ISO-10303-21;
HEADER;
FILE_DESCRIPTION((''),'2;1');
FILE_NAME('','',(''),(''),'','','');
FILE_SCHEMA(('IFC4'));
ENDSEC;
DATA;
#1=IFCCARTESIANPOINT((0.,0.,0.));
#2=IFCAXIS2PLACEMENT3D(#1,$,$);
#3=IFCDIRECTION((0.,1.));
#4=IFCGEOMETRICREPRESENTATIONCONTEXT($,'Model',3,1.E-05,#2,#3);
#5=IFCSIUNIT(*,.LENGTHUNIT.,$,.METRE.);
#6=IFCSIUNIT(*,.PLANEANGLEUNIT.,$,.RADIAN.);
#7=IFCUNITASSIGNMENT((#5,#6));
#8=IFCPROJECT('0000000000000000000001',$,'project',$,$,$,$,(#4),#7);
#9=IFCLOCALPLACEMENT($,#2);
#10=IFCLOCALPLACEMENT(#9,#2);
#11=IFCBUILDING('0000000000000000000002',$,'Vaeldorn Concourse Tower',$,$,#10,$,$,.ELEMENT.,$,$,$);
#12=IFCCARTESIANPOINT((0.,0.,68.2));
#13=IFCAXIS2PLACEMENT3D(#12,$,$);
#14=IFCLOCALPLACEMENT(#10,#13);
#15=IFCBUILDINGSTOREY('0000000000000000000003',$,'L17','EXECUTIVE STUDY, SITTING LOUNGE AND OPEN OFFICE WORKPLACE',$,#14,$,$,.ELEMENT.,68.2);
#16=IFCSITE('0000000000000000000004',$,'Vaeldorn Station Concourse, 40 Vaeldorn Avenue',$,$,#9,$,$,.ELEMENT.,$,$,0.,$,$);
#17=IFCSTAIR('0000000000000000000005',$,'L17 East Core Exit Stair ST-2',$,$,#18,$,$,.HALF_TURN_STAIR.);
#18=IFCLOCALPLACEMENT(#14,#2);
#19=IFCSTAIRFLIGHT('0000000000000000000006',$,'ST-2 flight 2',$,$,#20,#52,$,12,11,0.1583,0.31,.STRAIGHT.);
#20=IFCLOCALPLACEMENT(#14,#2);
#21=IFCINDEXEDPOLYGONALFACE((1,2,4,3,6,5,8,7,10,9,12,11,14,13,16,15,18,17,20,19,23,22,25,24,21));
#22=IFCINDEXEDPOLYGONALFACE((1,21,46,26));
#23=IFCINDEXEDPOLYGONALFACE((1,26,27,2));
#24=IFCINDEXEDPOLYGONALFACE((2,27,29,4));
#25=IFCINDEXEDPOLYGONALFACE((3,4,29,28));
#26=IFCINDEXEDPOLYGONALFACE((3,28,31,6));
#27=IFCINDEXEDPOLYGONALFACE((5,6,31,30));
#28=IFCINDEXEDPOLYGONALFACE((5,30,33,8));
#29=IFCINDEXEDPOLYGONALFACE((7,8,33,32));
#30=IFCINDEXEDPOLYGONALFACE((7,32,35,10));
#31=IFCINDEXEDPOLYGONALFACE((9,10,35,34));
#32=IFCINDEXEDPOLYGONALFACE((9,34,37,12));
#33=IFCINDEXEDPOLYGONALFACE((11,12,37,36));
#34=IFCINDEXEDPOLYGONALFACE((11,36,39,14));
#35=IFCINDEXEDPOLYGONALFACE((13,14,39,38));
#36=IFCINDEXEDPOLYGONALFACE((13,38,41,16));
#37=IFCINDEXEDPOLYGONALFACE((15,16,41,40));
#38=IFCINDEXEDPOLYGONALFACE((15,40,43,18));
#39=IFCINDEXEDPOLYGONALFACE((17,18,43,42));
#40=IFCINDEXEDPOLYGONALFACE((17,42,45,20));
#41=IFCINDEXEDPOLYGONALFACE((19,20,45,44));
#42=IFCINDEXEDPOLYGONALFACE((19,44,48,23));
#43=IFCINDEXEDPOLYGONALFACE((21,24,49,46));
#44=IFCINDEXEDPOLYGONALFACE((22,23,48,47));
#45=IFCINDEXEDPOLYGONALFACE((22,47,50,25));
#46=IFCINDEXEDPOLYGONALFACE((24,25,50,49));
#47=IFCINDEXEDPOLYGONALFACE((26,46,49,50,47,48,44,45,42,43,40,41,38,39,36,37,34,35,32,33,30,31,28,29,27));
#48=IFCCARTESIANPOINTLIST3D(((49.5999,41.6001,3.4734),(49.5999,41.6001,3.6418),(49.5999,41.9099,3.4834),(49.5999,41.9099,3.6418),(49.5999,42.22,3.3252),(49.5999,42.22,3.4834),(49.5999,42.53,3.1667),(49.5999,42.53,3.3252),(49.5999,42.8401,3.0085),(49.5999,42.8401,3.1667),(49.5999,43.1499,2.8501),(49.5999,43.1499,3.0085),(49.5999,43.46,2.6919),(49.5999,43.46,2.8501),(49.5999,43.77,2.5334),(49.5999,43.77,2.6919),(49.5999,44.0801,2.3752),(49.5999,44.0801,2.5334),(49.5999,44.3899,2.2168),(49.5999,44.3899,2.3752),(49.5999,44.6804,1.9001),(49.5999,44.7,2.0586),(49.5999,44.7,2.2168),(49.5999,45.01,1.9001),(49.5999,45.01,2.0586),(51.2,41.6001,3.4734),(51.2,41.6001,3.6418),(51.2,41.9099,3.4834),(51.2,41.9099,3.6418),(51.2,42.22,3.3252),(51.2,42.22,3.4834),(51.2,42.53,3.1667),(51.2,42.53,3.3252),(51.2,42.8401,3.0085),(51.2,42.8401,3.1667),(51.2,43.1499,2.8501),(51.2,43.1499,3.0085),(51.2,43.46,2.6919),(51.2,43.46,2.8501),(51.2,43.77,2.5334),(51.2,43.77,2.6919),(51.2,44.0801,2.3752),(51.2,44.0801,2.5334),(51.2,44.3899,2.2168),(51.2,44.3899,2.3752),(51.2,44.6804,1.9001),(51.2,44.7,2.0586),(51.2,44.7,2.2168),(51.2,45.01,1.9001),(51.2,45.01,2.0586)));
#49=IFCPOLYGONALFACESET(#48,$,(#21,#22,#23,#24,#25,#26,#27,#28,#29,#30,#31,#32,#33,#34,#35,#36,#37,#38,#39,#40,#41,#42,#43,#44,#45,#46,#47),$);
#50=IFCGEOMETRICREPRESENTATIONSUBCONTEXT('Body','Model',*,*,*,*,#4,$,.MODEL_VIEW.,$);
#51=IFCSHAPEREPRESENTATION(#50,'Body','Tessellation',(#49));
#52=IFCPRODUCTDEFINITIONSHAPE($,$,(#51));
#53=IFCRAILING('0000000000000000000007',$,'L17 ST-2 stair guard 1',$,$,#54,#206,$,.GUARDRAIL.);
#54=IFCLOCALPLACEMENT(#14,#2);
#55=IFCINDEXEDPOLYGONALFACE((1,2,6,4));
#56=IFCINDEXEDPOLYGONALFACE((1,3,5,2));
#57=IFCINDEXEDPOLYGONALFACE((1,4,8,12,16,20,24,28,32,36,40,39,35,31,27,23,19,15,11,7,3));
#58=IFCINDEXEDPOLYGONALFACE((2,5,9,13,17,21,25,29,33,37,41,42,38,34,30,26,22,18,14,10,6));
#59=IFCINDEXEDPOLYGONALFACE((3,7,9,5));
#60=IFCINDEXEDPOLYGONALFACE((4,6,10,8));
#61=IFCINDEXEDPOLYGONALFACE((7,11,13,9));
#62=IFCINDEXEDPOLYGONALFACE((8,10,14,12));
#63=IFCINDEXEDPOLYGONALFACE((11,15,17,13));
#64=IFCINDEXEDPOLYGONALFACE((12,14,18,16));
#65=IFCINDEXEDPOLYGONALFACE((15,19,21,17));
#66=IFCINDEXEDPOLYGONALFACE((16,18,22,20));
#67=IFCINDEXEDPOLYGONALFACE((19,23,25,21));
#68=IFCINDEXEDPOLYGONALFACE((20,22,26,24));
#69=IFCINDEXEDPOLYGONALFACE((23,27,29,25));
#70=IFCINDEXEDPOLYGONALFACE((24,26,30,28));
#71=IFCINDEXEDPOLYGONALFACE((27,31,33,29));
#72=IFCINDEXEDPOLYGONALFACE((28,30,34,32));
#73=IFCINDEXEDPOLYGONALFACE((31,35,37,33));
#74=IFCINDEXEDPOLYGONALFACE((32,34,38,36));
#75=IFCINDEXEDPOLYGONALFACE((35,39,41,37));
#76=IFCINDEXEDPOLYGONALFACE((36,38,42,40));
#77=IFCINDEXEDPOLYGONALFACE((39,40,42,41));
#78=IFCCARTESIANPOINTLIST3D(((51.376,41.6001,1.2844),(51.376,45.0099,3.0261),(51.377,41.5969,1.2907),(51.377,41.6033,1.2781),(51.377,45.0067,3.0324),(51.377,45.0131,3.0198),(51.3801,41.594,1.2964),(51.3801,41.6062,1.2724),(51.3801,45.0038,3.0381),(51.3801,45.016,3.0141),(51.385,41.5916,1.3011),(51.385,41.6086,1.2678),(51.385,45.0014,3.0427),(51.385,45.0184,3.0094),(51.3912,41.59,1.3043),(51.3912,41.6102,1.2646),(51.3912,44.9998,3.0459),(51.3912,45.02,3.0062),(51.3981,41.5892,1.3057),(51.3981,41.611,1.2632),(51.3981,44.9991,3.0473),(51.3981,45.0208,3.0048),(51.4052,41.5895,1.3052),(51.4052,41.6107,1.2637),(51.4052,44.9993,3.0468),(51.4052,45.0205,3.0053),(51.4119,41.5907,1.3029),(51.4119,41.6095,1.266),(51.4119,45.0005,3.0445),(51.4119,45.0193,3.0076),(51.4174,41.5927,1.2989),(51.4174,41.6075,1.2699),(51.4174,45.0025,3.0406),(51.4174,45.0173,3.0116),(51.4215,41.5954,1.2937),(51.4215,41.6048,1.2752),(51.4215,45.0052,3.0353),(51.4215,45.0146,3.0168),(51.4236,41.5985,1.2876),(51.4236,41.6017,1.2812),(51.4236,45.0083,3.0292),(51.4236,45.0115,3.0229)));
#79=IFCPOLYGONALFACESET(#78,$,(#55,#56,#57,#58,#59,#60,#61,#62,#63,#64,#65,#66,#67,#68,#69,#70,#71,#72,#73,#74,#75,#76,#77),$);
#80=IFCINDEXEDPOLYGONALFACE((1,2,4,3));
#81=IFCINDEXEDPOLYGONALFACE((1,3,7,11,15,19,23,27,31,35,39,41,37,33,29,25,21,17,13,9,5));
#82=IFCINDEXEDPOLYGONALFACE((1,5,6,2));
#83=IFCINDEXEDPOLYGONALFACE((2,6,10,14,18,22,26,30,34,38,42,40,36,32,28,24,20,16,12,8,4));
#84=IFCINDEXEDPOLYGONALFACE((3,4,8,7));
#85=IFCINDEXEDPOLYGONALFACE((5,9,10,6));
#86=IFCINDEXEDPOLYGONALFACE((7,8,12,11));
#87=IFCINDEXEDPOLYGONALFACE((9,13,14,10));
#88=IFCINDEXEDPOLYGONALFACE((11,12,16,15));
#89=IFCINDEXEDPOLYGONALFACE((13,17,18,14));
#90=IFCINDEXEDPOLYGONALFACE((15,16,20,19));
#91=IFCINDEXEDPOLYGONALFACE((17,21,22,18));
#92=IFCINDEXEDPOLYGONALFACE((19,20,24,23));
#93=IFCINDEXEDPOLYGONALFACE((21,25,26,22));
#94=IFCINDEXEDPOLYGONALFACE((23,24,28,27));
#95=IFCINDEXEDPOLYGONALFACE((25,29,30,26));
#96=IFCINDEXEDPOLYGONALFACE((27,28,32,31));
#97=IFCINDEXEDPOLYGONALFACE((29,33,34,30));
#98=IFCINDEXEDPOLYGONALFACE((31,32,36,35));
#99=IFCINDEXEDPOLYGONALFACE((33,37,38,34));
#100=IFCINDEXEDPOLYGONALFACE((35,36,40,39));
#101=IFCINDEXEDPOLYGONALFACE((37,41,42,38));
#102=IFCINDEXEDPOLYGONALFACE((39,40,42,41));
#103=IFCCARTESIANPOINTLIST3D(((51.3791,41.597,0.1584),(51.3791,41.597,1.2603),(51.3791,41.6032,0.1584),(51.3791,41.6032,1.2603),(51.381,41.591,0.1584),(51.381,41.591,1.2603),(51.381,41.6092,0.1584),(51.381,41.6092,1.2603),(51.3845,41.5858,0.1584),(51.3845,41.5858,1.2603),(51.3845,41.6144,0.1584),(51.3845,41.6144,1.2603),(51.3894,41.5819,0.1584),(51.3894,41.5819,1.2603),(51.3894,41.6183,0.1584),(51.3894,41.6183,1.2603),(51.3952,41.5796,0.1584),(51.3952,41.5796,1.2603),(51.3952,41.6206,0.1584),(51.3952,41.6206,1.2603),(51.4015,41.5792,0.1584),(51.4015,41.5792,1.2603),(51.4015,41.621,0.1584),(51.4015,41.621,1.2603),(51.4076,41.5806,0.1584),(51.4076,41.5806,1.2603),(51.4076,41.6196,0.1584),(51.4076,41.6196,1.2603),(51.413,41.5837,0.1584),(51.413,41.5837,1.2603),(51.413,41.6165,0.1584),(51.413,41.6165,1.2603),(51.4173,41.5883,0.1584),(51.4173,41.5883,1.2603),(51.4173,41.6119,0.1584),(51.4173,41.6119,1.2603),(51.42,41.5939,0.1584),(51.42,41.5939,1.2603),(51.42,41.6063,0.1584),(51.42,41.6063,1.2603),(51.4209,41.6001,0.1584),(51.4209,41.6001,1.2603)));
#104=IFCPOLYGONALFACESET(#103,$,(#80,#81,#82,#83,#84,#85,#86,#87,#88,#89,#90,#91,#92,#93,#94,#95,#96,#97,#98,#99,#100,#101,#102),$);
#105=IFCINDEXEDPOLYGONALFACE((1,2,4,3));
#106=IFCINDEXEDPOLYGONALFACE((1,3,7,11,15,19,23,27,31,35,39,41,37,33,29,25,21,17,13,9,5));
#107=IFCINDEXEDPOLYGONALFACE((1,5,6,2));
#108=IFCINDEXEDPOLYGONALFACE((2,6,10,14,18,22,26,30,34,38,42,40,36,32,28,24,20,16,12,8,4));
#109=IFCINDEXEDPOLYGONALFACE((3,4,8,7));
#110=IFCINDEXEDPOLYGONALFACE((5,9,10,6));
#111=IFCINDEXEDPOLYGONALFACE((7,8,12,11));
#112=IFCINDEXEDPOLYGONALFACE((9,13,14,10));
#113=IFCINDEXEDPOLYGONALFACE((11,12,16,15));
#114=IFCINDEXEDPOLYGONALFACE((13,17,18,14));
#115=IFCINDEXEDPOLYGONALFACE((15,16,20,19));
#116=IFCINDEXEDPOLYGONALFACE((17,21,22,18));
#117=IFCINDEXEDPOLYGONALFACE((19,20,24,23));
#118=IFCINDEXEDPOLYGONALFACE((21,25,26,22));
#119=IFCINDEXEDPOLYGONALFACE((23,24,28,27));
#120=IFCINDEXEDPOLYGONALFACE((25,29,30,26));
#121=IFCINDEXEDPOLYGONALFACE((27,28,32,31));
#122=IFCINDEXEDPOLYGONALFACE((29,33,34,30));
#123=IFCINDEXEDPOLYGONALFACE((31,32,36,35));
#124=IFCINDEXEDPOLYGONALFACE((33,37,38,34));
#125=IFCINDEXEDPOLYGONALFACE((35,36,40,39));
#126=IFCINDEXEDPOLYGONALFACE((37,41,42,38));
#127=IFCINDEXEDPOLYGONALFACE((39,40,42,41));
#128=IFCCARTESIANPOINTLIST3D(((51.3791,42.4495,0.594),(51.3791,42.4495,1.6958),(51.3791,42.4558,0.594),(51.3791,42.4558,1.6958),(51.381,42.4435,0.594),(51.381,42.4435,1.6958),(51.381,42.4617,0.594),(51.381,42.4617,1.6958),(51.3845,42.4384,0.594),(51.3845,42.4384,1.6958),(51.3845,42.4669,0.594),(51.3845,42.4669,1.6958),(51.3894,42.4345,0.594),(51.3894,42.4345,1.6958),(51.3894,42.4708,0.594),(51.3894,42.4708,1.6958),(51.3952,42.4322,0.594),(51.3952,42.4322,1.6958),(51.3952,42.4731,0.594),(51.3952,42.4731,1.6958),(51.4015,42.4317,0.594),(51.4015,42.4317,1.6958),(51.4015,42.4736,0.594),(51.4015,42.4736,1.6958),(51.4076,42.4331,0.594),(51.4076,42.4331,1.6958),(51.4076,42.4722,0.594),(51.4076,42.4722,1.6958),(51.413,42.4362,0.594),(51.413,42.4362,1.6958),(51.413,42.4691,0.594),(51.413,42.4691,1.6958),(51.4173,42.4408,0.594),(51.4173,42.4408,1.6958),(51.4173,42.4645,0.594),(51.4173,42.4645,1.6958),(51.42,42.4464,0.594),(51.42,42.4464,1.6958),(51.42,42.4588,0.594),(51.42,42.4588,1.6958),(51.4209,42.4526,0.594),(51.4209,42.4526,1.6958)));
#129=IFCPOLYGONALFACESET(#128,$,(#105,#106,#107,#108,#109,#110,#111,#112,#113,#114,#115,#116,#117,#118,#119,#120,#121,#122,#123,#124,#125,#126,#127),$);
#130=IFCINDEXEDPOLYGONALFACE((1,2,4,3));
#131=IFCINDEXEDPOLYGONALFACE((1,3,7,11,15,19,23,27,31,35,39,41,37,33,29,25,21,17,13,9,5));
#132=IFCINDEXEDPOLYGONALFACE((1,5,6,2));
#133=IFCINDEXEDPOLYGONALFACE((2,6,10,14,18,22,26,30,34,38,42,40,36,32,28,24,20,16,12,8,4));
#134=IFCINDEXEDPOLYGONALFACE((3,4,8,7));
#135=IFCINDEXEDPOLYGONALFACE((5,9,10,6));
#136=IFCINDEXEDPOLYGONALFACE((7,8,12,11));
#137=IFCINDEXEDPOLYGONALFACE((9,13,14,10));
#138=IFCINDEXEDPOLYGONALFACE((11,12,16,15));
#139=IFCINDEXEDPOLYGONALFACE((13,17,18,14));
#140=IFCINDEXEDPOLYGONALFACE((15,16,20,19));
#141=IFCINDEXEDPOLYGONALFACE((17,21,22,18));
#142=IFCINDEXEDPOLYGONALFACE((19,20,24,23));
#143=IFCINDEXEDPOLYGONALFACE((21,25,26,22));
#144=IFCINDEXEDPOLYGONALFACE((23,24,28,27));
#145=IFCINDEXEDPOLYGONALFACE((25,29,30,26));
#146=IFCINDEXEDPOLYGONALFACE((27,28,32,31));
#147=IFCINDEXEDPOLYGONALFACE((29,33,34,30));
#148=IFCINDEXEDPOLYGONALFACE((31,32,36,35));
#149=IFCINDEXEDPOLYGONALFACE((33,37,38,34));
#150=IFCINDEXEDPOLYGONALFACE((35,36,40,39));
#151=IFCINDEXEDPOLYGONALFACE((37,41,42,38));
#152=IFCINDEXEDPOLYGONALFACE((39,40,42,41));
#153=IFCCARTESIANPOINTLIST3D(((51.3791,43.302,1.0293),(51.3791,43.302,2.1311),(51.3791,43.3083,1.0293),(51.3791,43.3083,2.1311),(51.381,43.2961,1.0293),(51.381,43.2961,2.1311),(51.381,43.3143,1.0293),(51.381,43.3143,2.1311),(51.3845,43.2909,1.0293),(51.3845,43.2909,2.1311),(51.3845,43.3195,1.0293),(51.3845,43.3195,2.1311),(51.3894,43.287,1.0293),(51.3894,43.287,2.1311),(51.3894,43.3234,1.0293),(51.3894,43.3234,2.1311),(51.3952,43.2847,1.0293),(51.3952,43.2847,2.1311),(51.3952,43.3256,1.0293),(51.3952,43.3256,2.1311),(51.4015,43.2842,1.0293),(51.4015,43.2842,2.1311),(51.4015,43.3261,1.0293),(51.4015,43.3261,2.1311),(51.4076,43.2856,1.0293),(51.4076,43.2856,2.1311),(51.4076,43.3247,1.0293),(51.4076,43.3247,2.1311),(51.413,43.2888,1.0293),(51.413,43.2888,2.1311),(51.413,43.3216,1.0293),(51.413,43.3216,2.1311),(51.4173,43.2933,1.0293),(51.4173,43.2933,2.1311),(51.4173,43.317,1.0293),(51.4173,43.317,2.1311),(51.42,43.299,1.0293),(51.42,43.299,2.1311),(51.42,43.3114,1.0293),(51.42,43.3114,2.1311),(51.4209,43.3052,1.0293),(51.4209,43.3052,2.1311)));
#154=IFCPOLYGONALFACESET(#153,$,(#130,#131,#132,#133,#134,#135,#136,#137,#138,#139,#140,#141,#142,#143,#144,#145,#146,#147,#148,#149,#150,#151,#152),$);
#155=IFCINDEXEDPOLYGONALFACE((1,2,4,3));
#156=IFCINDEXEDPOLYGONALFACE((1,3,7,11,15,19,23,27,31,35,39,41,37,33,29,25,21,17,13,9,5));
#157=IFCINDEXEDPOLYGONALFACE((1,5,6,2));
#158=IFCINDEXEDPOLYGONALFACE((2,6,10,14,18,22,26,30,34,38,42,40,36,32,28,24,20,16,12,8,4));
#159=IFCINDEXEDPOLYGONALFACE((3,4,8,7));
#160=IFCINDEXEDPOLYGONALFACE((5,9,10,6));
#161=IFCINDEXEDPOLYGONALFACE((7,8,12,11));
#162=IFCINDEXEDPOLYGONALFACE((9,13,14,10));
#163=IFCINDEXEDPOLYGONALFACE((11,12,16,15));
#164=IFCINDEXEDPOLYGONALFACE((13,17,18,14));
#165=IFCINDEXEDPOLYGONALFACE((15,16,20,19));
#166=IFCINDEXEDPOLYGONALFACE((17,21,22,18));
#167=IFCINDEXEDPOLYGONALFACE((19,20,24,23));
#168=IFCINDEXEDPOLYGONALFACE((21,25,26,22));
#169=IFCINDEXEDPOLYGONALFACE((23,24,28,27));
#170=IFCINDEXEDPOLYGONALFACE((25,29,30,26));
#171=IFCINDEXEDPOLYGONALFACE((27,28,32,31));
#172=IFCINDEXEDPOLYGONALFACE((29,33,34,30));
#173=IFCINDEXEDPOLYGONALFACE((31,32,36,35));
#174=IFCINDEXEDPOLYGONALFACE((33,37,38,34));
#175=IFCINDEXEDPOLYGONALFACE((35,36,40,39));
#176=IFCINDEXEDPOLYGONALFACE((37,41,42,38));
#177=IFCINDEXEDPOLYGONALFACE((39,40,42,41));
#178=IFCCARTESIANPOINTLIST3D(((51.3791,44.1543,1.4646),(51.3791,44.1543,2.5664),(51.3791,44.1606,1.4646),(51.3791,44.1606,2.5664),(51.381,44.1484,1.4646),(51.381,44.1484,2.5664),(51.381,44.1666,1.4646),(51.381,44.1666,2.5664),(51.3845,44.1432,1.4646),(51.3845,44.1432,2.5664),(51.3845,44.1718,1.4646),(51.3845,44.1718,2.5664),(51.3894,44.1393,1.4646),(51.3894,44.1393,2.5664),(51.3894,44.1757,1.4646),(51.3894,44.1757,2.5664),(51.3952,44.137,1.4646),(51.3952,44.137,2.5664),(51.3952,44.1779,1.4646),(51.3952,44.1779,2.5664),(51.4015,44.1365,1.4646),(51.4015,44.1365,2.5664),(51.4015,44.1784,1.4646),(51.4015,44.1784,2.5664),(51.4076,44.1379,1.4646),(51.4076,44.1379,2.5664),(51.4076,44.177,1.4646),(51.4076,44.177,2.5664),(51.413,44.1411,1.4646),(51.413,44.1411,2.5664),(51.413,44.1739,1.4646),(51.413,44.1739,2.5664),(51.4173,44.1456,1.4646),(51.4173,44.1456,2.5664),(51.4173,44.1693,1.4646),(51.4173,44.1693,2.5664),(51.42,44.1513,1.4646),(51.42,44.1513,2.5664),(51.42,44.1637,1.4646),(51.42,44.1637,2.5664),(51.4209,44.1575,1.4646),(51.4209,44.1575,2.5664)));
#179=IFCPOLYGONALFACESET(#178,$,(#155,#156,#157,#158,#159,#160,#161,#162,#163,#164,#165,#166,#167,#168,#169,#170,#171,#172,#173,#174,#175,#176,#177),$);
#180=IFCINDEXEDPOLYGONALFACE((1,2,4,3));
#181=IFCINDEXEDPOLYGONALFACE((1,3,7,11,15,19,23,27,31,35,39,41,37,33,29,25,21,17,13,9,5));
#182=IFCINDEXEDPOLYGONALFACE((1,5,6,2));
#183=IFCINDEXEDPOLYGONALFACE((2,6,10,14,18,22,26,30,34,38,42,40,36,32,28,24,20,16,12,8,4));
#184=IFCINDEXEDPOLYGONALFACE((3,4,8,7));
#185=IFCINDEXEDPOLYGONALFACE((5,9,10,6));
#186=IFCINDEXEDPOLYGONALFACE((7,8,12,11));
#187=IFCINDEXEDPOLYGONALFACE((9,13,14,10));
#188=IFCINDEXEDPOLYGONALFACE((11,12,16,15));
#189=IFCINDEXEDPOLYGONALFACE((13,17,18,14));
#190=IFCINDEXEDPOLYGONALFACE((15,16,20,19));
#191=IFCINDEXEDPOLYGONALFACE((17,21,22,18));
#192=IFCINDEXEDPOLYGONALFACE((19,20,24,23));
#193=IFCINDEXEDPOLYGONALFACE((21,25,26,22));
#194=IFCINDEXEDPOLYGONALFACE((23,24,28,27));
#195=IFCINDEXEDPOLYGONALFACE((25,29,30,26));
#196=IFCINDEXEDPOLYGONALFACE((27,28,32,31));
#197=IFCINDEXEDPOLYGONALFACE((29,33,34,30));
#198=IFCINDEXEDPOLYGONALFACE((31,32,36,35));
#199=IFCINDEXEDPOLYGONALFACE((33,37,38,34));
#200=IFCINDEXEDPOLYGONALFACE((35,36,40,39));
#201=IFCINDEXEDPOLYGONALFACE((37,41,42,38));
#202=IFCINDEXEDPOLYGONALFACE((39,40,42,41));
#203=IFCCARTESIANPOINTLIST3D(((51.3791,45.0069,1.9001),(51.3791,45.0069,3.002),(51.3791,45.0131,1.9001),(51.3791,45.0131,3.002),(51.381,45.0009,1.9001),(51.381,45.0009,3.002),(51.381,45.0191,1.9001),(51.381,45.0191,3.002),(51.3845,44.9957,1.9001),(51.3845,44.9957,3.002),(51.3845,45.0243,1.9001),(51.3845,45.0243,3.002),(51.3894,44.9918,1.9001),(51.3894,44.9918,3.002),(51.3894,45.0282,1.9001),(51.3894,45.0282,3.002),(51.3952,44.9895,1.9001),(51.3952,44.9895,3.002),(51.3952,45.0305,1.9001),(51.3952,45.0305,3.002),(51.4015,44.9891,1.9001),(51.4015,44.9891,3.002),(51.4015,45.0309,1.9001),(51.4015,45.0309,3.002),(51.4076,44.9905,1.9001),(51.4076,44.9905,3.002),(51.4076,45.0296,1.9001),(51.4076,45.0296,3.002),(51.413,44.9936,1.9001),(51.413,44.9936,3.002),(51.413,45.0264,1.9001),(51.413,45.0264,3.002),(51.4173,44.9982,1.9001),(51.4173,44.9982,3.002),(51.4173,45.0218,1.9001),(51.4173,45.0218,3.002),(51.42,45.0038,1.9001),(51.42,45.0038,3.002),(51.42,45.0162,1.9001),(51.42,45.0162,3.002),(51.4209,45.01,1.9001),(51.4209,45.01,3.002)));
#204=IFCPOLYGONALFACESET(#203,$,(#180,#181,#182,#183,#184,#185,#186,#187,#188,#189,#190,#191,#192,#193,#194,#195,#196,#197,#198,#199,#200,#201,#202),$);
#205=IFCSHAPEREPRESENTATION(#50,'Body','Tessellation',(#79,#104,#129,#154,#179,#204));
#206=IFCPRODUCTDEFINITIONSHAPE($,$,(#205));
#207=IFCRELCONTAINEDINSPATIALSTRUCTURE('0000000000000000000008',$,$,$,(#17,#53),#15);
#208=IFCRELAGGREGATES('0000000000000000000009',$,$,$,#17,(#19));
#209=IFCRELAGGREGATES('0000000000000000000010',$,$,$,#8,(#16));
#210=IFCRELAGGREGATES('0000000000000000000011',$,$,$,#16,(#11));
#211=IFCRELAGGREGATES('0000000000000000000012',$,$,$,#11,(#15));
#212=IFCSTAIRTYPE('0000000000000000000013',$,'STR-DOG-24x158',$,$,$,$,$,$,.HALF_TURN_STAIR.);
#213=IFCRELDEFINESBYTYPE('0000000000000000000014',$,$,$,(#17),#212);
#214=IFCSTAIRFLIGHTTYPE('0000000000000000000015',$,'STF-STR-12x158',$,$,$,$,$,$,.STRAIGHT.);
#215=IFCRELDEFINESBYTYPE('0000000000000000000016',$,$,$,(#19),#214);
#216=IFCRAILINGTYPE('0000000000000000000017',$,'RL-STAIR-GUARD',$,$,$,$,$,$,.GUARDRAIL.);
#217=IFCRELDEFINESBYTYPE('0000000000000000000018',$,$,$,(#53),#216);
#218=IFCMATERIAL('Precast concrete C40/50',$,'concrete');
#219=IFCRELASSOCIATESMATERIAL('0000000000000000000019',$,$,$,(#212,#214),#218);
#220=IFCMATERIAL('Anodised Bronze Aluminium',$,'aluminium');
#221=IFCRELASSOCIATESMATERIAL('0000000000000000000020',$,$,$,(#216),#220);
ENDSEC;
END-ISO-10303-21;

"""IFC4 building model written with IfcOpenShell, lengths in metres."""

from ifc_helpers import new_model, si_unit, direction, frame, origin, origin_2d, place, context, subcontext, project, spatial, polyline, circle, outline, extrude, material, type_object, element, aggregate, save


model = new_model("IFC4")

# Units and contexts
model_context = context("Model", 3, precision=1e-05, world=origin(), true_north=direction((0.0, 1.0)))
body_context = subcontext(model_context, "Body", "Model", "MODEL_VIEW")
ifc_project = project(units=[si_unit("LENGTHUNIT", "METRE"), si_unit("PLANEANGLEUNIT", "RADIAN")], contexts=[model_context])

# Site, building, storey
site_placement = place(None, origin())
site = spatial("IfcSite", under=ifc_project, at=site_placement, Name="Vaeldorn Station Concourse, 40 Vaeldorn Avenue", CompositionType="ELEMENT", RefElevation=0.0)
building_placement = place(site_placement, origin())
building = spatial("IfcBuilding", under=site, at=building_placement, Name="Vaeldorn Concourse Tower", CompositionType="ELEMENT")
storey_placement = place(building_placement, frame((0.0, 0.0, 68.2)))
storey = spatial("IfcBuildingStorey", under=building, at=storey_placement, Name="L17", Description="EXECUTIVE STUDY, SITTING LOUNGE AND OPEN OFFICE WORKPLACE", CompositionType="ELEMENT", Elevation=68.2)

# Shared definitions
ifc_material_1 = material(Name="Anodised Bronze Aluminium", Category="aluminium")

# Stair, stair flight
ifc_material_2 = material(Name="Precast concrete C40/50", Category="concrete")
stair_type = type_object("IfcStairType", Name="STR-DOG-24x158", PredefinedType="HALF_TURN_STAIR", material=ifc_material_2)
stair_placement = place(storey_placement, origin())
stair = element("IfcStair", 1, at=stair_placement, inside=storey, type_object=stair_type, Name="L17 East Core Exit Stair ST-2", PredefinedType="HALF_TURN_STAIR")
stair_flight_type = type_object("IfcStairFlightType", Name="STF-STR-12x158", PredefinedType="STRAIGHT", material=ifc_material_2)
stair_flight_1_placement = place(storey_placement, frame((50.3999, 45.01, 1.9001), z_axis=(0.0, 0.0, 1.0), x_axis=(0.0, -1.0, 0.0)))
stair_flight_1 = element("IfcStairFlight", 2, at=stair_flight_1_placement, type_object=stair_flight_type, Name="ST-2 flight 2", NumberOfRisers=12, NumberOfTreads=11, PredefinedType="STRAIGHT", RiserHeight=0.1583, TreadLength=0.31, context=body_context, shape_type="SweptSolid", body=[
    extrude(outline(polyline([(0.0, 0.0), (0.0, 0.1584), (0.3101, 0.1584), (0.3101, 0.3167), (0.6201, 0.3167), (0.6201, 0.4751), (0.9299, 0.4751), (0.9299, 0.6333), (1.24, 0.6333), (1.24, 0.7917), (1.55, 0.7917), (1.55, 0.95), (1.8601, 0.95), (1.8601, 1.1084), (2.1699, 1.1084), (2.1699, 1.2666), (2.48, 1.2666), (2.48, 1.425), (2.79, 1.425), (2.79, 1.5833), (3.1001, 1.5833), (3.1001, 1.7417), (3.4099, 1.7417), (3.4099, 1.8999), (3.4099, 1.5732), (0.3296, 0.0), (0.0, 0.0)])), frame((0.0, 0.8, 0.0), z_axis=(0.0, -1.0, 0.0), x_axis=(1.0, 0.0, 0.0)), (0.0, 0.0, 1.0), 1.6001),
])
aggregate(stair, [stair_flight_1])

# Railing
railing_type_1 = type_object("IfcRailingType", Name="RL-STAIR-GUARD", PredefinedType="GUARDRAIL", material=ifc_material_1)
railing_1_placement = place(storey_placement, frame((51.3999, 41.6001, 0.1584)))
element("IfcRailing", 3, at=railing_1_placement, inside=storey, type_object=railing_type_1, Name="L17 ST-2 stair guard 1", PredefinedType="GUARDRAIL", context=body_context, shape_type="SweptSolid", body=[
    extrude(circle(Radius=0.0239, at=origin_2d()), frame((0.0, 0.0, 1.126), z_axis=(0.0, 0.890556, 0.454874), x_axis=(-1.0, 0.0, 0.0)), (0.0, 0.0, 1.0), 3.8289),
    extrude(circle(Radius=0.021, at=origin_2d()), origin(), (0.0, 0.0, 1.0), 1.1018),
    extrude(circle(Radius=0.021, at=origin_2d()), frame((0.0, 0.8525, 0.4355)), (0.0, 0.0, 1.0), 1.1018),
    extrude(circle(Radius=0.021, at=origin_2d()), frame((0.0, 1.7051, 0.8708)), (0.0, 0.0, 1.0), 1.1018),
    extrude(circle(Radius=0.021, at=origin_2d()), frame((0.0, 2.5574, 1.3062)), (0.0, 0.0, 1.0), 1.1018),
    extrude(circle(Radius=0.021, at=origin_2d()), frame((0.0, 3.4099, 1.7417)), (0.0, 0.0, 1.0), 1.1018),
])

save(model, "model.ifc")
